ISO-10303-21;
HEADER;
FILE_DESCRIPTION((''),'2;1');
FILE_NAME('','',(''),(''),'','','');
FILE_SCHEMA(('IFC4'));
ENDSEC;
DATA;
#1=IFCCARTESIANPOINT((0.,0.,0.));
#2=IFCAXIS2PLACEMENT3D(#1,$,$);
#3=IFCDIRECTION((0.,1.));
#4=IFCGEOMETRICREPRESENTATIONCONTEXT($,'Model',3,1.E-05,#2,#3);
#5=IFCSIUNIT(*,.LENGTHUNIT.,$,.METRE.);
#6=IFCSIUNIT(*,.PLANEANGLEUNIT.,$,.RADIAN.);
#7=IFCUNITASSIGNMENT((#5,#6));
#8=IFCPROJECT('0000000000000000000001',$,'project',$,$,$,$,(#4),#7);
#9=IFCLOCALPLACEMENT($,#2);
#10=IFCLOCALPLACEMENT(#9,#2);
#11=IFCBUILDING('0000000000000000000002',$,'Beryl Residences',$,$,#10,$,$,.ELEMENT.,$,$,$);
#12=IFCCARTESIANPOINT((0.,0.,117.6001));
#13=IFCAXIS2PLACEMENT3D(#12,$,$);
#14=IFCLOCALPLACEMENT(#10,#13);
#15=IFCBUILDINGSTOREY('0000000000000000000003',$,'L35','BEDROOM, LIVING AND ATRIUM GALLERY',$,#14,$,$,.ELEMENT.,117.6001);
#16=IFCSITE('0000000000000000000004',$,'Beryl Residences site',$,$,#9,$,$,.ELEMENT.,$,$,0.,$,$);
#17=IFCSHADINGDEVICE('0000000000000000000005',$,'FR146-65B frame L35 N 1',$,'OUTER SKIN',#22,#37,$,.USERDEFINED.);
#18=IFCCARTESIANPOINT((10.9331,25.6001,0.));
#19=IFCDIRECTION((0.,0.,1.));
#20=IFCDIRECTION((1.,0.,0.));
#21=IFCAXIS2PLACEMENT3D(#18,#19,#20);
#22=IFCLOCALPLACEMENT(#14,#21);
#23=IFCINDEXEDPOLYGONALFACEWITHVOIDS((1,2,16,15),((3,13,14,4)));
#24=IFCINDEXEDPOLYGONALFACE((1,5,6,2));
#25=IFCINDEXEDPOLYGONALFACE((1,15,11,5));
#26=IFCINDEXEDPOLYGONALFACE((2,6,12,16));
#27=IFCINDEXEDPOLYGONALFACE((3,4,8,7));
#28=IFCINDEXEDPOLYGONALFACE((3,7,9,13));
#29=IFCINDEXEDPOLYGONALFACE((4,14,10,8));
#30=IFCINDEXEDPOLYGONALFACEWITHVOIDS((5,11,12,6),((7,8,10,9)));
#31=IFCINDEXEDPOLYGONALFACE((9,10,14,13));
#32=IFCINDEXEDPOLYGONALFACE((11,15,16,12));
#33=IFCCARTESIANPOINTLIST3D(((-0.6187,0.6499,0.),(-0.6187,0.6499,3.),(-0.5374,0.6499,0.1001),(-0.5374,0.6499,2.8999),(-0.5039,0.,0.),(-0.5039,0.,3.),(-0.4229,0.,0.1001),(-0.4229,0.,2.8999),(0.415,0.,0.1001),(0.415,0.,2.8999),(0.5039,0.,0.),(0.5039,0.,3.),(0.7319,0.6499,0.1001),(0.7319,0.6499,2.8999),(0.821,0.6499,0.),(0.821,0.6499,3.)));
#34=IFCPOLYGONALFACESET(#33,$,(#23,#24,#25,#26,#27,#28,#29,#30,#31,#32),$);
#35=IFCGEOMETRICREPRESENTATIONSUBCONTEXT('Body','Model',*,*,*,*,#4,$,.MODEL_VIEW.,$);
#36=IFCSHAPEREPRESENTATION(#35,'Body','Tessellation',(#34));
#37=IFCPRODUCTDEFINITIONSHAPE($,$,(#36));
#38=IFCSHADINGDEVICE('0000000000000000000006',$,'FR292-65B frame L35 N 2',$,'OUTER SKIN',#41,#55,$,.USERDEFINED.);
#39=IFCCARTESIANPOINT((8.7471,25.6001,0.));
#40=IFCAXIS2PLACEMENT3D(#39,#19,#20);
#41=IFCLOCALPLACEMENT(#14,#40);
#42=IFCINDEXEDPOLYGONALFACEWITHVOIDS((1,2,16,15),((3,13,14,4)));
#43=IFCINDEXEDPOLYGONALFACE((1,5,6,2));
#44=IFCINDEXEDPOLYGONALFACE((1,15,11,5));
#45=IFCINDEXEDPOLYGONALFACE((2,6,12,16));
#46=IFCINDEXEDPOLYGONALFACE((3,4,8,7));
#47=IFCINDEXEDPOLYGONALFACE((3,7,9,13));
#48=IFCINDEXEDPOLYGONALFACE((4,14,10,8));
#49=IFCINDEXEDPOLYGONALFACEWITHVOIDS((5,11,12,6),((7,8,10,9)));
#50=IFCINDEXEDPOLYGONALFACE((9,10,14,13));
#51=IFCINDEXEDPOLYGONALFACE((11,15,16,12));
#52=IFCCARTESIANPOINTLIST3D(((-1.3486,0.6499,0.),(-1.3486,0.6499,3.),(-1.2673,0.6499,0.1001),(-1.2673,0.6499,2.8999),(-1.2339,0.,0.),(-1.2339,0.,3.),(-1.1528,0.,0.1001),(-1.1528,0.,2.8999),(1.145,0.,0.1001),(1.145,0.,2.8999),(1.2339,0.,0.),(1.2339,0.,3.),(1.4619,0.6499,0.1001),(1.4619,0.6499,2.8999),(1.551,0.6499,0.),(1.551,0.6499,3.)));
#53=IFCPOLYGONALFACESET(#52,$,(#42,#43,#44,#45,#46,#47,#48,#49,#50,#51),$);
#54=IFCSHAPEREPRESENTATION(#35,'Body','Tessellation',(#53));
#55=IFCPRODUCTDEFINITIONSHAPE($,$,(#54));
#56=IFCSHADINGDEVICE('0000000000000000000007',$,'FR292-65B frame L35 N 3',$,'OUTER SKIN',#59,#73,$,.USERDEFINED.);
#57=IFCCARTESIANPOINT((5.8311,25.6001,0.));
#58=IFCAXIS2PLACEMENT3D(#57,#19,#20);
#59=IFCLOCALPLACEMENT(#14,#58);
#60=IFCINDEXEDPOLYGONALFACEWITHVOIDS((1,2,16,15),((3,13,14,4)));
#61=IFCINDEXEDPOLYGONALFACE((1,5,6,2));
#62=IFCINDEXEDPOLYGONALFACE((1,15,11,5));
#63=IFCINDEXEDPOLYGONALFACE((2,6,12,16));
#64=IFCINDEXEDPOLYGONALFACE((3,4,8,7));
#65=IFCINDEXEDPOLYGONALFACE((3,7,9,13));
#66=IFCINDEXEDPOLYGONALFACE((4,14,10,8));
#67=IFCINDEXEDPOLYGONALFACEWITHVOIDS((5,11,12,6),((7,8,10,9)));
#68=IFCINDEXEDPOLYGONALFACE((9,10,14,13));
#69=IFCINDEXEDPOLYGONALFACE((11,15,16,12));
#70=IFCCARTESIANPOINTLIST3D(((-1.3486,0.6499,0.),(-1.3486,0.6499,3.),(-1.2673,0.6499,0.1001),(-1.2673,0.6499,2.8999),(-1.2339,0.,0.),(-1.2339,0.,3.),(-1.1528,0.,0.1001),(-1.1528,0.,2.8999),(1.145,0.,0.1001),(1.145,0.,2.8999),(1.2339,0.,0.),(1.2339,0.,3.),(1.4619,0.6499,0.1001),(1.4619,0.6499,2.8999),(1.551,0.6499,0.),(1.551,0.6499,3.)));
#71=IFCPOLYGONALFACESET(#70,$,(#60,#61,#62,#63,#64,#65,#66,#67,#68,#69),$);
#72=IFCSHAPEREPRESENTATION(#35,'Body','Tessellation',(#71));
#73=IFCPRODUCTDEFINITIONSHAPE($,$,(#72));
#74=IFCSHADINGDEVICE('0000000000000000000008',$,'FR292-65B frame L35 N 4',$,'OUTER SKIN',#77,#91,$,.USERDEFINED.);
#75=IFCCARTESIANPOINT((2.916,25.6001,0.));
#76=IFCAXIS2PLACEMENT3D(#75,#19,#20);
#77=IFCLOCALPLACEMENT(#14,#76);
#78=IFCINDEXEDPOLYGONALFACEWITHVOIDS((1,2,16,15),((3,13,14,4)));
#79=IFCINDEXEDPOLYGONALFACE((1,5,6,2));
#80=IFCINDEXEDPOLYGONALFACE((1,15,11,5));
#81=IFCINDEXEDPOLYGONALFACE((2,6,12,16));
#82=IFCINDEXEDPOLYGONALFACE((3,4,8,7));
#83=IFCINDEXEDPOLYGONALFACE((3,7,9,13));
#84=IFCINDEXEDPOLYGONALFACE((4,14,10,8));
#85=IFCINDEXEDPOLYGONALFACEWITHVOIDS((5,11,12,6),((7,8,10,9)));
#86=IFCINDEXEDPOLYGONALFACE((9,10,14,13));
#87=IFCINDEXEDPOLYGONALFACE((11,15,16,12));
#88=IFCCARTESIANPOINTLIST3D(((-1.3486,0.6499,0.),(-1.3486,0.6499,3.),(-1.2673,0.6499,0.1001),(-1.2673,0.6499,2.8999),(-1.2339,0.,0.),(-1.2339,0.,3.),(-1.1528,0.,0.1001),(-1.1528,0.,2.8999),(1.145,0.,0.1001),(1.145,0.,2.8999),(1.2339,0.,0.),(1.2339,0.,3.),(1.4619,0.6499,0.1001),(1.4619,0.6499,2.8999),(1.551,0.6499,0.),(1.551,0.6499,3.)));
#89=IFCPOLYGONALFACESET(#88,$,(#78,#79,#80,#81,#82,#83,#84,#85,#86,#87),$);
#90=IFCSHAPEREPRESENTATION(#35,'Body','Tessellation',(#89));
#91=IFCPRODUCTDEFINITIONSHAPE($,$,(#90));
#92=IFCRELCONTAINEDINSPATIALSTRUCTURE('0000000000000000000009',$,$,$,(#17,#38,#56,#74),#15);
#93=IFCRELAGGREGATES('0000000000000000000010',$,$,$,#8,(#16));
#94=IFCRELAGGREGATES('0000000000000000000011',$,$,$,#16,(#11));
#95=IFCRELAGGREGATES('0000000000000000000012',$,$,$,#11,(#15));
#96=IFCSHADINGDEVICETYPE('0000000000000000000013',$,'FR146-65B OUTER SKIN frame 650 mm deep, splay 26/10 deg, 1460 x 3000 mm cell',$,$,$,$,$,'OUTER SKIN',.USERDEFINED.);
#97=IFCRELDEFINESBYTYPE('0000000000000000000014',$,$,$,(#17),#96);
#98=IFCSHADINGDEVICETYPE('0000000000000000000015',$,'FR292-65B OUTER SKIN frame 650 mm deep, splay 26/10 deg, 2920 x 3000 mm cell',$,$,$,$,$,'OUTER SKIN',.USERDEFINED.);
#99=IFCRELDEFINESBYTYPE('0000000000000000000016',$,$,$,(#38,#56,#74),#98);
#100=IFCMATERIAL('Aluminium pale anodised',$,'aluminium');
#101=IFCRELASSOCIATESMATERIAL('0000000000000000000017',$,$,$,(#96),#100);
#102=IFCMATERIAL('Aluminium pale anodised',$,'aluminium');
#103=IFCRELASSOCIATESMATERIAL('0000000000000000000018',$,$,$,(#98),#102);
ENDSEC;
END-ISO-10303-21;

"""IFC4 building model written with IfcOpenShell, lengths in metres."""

from ifc_helpers import new_model, entity, si_unit, direction, frame, origin, place, context, subcontext, project, spatial, source, transform, mapped, material, type_object, type_shapes, element, save


model = new_model("IFC4")

# Units and contexts
model_context = context("Model", 3, precision=1e-05, world=origin(), true_north=direction((0.0, 1.0)))
body_context = subcontext(model_context, "Body", "Model", "MODEL_VIEW")
ifc_project = project(units=[si_unit("LENGTHUNIT", "METRE"), si_unit("PLANEANGLEUNIT", "RADIAN")], contexts=[model_context])

# Site, building, storey
site_placement = place(None, origin())
site = spatial("IfcSite", under=ifc_project, at=site_placement, Name="Beryl Residences site", CompositionType="ELEMENT", RefElevation=0.0)
building_placement = place(site_placement, origin())
building = spatial("IfcBuilding", under=site, at=building_placement, Name="Beryl Residences", CompositionType="ELEMENT")
storey_placement = place(building_placement, frame((0.0, 0.0, 117.6001)))
storey = spatial("IfcBuildingStorey", under=building, at=storey_placement, Name="L35", Description="BEDROOM, LIVING AND ATRIUM GALLERY", CompositionType="ELEMENT", Elevation=117.6001)

# Shading devices
ifc_material_1 = material(Name="Aluminium pale anodised", Category="aluminium")
shading_device_type_1 = type_object("IfcShadingDeviceType", Name="FR146-65B OUTER SKIN frame 650 mm deep, splay 26/10 deg, 1460 x 3000 mm cell", ElementType="OUTER SKIN", PredefinedType="USERDEFINED", material=ifc_material_1)
cartesian_point_1 = entity("IfcCartesianPoint", [-0.5039, 0.0])
cartesian_point_2 = entity("IfcCartesianPoint", [-0.415, 0.1001])
cartesian_point_3 = entity("IfcCartesianPoint", [-0.821, 0.0])
cartesian_point_4 = entity("IfcCartesianPoint", [-0.7319, 0.1001])
shared_shape_1 = source(origin(), body_context, "Body", "SweptSolid", [
    entity("IfcExtrudedAreaSolidTapered", entity("IfcArbitraryProfileDefWithVoids", "AREA", None, entity("IfcPolyline", [cartesian_point_1, entity("IfcCartesianPoint", [0.5039, 0.0]), entity("IfcCartesianPoint", [0.5039, 3.0]), entity("IfcCartesianPoint", [-0.5039, 3.0]), cartesian_point_1]), [entity("IfcPolyline", [cartesian_point_2, entity("IfcCartesianPoint", [0.4229, 0.1001]), entity("IfcCartesianPoint", [0.4229, 2.8999]), entity("IfcCartesianPoint", [-0.415, 2.8999]), cartesian_point_2])]), entity("IfcAxis2Placement3D", entity("IfcCartesianPoint", [0.0, 0.0, 0.0]), entity("IfcDirection", [0.0, 1.0, 0.0]), entity("IfcDirection", [-1.0, 0.0, 0.0])), entity("IfcDirection", [0.0, 0.0, 1.0]), 0.6499, entity("IfcArbitraryProfileDefWithVoids", "AREA", None, entity("IfcPolyline", [cartesian_point_3, entity("IfcCartesianPoint", [0.6187, 0.0]), entity("IfcCartesianPoint", [0.6187, 3.0]), entity("IfcCartesianPoint", [-0.821, 3.0]), cartesian_point_3]), [entity("IfcPolyline", [cartesian_point_4, entity("IfcCartesianPoint", [0.5374, 0.1001]), entity("IfcCartesianPoint", [0.5374, 2.8999]), entity("IfcCartesianPoint", [-0.7319, 2.8999]), cartesian_point_4])])),
])
type_shapes(shading_device_type_1, [shared_shape_1])
shading_device_placement = place(storey_placement, frame((10.9331, 25.6001, 0.0), z_axis=(0.0, 0.0, 1.0), x_axis=(1.0, 0.0, 0.0)))
element("IfcShadingDevice", 1, at=shading_device_placement, inside=storey, type_object=shading_device_type_1, Name="FR146-65B frame L35 N 1", ObjectType="OUTER SKIN", PredefinedType="USERDEFINED", context=body_context, shape_type="MappedRepresentation", body=[
    mapped(shared_shape_1, transform((0.0, 0.0, 0.0))),
])
ifc_material_2 = material(Name="Aluminium pale anodised", Category="aluminium")
shading_device_type_2 = type_object("IfcShadingDeviceType", Name="FR292-65B OUTER SKIN frame 650 mm deep, splay 26/10 deg, 2920 x 3000 mm cell", ElementType="OUTER SKIN", PredefinedType="USERDEFINED", material=ifc_material_2)
cartesian_point_5 = entity("IfcCartesianPoint", [-1.2339, 0.0])
cartesian_point_6 = entity("IfcCartesianPoint", [-1.145, 0.1001])
cartesian_point_7 = entity("IfcCartesianPoint", [-1.551, 0.0])
cartesian_point_8 = entity("IfcCartesianPoint", [-1.4619, 0.1001])
shared_shape_2 = source(origin(), body_context, "Body", "SweptSolid", [
    entity("IfcExtrudedAreaSolidTapered", entity("IfcArbitraryProfileDefWithVoids", "AREA", None, entity("IfcPolyline", [cartesian_point_5, entity("IfcCartesianPoint", [1.2339, 0.0]), entity("IfcCartesianPoint", [1.2339, 3.0]), entity("IfcCartesianPoint", [-1.2339, 3.0]), cartesian_point_5]), [entity("IfcPolyline", [cartesian_point_6, entity("IfcCartesianPoint", [1.1528, 0.1001]), entity("IfcCartesianPoint", [1.1528, 2.8999]), entity("IfcCartesianPoint", [-1.145, 2.8999]), cartesian_point_6])]), entity("IfcAxis2Placement3D", entity("IfcCartesianPoint", [0.0, 0.0, 0.0]), entity("IfcDirection", [0.0, 1.0, 0.0]), entity("IfcDirection", [-1.0, 0.0, 0.0])), entity("IfcDirection", [0.0, 0.0, 1.0]), 0.6499, entity("IfcArbitraryProfileDefWithVoids", "AREA", None, entity("IfcPolyline", [cartesian_point_7, entity("IfcCartesianPoint", [1.3486, 0.0]), entity("IfcCartesianPoint", [1.3486, 3.0]), entity("IfcCartesianPoint", [-1.551, 3.0]), cartesian_point_7]), [entity("IfcPolyline", [cartesian_point_8, entity("IfcCartesianPoint", [1.2673, 0.1001]), entity("IfcCartesianPoint", [1.2673, 2.8999]), entity("IfcCartesianPoint", [-1.4619, 2.8999]), cartesian_point_8])])),
])
type_shapes(shading_device_type_2, [shared_shape_2])
for number, where, z_axis, x_axis, name in (
    (2, (8.7471, 25.6001, 0.0), (0.0, 0.0, 1.0), (1.0, 0.0, 0.0), "FR292-65B frame L35 N 2"),
    (3, (5.8311, 25.6001, 0.0), (0.0, 0.0, 1.0), (1.0, 0.0, 0.0), "FR292-65B frame L35 N 3"),
    (4, (2.916, 25.6001, 0.0), (0.0, 0.0, 1.0), (1.0, 0.0, 0.0), "FR292-65B frame L35 N 4"),
):
    element("IfcShadingDevice", number, at=place(storey_placement, frame(where, z_axis=z_axis, x_axis=x_axis)), inside=storey, type_object=shading_device_type_2, Name=name, ObjectType="OUTER SKIN", PredefinedType="USERDEFINED", context=body_context, shape_type="MappedRepresentation", body=[
        mapped(shared_shape_2, transform((0.0, 0.0, 0.0))),
    ])

save(model, "model.ifc")
